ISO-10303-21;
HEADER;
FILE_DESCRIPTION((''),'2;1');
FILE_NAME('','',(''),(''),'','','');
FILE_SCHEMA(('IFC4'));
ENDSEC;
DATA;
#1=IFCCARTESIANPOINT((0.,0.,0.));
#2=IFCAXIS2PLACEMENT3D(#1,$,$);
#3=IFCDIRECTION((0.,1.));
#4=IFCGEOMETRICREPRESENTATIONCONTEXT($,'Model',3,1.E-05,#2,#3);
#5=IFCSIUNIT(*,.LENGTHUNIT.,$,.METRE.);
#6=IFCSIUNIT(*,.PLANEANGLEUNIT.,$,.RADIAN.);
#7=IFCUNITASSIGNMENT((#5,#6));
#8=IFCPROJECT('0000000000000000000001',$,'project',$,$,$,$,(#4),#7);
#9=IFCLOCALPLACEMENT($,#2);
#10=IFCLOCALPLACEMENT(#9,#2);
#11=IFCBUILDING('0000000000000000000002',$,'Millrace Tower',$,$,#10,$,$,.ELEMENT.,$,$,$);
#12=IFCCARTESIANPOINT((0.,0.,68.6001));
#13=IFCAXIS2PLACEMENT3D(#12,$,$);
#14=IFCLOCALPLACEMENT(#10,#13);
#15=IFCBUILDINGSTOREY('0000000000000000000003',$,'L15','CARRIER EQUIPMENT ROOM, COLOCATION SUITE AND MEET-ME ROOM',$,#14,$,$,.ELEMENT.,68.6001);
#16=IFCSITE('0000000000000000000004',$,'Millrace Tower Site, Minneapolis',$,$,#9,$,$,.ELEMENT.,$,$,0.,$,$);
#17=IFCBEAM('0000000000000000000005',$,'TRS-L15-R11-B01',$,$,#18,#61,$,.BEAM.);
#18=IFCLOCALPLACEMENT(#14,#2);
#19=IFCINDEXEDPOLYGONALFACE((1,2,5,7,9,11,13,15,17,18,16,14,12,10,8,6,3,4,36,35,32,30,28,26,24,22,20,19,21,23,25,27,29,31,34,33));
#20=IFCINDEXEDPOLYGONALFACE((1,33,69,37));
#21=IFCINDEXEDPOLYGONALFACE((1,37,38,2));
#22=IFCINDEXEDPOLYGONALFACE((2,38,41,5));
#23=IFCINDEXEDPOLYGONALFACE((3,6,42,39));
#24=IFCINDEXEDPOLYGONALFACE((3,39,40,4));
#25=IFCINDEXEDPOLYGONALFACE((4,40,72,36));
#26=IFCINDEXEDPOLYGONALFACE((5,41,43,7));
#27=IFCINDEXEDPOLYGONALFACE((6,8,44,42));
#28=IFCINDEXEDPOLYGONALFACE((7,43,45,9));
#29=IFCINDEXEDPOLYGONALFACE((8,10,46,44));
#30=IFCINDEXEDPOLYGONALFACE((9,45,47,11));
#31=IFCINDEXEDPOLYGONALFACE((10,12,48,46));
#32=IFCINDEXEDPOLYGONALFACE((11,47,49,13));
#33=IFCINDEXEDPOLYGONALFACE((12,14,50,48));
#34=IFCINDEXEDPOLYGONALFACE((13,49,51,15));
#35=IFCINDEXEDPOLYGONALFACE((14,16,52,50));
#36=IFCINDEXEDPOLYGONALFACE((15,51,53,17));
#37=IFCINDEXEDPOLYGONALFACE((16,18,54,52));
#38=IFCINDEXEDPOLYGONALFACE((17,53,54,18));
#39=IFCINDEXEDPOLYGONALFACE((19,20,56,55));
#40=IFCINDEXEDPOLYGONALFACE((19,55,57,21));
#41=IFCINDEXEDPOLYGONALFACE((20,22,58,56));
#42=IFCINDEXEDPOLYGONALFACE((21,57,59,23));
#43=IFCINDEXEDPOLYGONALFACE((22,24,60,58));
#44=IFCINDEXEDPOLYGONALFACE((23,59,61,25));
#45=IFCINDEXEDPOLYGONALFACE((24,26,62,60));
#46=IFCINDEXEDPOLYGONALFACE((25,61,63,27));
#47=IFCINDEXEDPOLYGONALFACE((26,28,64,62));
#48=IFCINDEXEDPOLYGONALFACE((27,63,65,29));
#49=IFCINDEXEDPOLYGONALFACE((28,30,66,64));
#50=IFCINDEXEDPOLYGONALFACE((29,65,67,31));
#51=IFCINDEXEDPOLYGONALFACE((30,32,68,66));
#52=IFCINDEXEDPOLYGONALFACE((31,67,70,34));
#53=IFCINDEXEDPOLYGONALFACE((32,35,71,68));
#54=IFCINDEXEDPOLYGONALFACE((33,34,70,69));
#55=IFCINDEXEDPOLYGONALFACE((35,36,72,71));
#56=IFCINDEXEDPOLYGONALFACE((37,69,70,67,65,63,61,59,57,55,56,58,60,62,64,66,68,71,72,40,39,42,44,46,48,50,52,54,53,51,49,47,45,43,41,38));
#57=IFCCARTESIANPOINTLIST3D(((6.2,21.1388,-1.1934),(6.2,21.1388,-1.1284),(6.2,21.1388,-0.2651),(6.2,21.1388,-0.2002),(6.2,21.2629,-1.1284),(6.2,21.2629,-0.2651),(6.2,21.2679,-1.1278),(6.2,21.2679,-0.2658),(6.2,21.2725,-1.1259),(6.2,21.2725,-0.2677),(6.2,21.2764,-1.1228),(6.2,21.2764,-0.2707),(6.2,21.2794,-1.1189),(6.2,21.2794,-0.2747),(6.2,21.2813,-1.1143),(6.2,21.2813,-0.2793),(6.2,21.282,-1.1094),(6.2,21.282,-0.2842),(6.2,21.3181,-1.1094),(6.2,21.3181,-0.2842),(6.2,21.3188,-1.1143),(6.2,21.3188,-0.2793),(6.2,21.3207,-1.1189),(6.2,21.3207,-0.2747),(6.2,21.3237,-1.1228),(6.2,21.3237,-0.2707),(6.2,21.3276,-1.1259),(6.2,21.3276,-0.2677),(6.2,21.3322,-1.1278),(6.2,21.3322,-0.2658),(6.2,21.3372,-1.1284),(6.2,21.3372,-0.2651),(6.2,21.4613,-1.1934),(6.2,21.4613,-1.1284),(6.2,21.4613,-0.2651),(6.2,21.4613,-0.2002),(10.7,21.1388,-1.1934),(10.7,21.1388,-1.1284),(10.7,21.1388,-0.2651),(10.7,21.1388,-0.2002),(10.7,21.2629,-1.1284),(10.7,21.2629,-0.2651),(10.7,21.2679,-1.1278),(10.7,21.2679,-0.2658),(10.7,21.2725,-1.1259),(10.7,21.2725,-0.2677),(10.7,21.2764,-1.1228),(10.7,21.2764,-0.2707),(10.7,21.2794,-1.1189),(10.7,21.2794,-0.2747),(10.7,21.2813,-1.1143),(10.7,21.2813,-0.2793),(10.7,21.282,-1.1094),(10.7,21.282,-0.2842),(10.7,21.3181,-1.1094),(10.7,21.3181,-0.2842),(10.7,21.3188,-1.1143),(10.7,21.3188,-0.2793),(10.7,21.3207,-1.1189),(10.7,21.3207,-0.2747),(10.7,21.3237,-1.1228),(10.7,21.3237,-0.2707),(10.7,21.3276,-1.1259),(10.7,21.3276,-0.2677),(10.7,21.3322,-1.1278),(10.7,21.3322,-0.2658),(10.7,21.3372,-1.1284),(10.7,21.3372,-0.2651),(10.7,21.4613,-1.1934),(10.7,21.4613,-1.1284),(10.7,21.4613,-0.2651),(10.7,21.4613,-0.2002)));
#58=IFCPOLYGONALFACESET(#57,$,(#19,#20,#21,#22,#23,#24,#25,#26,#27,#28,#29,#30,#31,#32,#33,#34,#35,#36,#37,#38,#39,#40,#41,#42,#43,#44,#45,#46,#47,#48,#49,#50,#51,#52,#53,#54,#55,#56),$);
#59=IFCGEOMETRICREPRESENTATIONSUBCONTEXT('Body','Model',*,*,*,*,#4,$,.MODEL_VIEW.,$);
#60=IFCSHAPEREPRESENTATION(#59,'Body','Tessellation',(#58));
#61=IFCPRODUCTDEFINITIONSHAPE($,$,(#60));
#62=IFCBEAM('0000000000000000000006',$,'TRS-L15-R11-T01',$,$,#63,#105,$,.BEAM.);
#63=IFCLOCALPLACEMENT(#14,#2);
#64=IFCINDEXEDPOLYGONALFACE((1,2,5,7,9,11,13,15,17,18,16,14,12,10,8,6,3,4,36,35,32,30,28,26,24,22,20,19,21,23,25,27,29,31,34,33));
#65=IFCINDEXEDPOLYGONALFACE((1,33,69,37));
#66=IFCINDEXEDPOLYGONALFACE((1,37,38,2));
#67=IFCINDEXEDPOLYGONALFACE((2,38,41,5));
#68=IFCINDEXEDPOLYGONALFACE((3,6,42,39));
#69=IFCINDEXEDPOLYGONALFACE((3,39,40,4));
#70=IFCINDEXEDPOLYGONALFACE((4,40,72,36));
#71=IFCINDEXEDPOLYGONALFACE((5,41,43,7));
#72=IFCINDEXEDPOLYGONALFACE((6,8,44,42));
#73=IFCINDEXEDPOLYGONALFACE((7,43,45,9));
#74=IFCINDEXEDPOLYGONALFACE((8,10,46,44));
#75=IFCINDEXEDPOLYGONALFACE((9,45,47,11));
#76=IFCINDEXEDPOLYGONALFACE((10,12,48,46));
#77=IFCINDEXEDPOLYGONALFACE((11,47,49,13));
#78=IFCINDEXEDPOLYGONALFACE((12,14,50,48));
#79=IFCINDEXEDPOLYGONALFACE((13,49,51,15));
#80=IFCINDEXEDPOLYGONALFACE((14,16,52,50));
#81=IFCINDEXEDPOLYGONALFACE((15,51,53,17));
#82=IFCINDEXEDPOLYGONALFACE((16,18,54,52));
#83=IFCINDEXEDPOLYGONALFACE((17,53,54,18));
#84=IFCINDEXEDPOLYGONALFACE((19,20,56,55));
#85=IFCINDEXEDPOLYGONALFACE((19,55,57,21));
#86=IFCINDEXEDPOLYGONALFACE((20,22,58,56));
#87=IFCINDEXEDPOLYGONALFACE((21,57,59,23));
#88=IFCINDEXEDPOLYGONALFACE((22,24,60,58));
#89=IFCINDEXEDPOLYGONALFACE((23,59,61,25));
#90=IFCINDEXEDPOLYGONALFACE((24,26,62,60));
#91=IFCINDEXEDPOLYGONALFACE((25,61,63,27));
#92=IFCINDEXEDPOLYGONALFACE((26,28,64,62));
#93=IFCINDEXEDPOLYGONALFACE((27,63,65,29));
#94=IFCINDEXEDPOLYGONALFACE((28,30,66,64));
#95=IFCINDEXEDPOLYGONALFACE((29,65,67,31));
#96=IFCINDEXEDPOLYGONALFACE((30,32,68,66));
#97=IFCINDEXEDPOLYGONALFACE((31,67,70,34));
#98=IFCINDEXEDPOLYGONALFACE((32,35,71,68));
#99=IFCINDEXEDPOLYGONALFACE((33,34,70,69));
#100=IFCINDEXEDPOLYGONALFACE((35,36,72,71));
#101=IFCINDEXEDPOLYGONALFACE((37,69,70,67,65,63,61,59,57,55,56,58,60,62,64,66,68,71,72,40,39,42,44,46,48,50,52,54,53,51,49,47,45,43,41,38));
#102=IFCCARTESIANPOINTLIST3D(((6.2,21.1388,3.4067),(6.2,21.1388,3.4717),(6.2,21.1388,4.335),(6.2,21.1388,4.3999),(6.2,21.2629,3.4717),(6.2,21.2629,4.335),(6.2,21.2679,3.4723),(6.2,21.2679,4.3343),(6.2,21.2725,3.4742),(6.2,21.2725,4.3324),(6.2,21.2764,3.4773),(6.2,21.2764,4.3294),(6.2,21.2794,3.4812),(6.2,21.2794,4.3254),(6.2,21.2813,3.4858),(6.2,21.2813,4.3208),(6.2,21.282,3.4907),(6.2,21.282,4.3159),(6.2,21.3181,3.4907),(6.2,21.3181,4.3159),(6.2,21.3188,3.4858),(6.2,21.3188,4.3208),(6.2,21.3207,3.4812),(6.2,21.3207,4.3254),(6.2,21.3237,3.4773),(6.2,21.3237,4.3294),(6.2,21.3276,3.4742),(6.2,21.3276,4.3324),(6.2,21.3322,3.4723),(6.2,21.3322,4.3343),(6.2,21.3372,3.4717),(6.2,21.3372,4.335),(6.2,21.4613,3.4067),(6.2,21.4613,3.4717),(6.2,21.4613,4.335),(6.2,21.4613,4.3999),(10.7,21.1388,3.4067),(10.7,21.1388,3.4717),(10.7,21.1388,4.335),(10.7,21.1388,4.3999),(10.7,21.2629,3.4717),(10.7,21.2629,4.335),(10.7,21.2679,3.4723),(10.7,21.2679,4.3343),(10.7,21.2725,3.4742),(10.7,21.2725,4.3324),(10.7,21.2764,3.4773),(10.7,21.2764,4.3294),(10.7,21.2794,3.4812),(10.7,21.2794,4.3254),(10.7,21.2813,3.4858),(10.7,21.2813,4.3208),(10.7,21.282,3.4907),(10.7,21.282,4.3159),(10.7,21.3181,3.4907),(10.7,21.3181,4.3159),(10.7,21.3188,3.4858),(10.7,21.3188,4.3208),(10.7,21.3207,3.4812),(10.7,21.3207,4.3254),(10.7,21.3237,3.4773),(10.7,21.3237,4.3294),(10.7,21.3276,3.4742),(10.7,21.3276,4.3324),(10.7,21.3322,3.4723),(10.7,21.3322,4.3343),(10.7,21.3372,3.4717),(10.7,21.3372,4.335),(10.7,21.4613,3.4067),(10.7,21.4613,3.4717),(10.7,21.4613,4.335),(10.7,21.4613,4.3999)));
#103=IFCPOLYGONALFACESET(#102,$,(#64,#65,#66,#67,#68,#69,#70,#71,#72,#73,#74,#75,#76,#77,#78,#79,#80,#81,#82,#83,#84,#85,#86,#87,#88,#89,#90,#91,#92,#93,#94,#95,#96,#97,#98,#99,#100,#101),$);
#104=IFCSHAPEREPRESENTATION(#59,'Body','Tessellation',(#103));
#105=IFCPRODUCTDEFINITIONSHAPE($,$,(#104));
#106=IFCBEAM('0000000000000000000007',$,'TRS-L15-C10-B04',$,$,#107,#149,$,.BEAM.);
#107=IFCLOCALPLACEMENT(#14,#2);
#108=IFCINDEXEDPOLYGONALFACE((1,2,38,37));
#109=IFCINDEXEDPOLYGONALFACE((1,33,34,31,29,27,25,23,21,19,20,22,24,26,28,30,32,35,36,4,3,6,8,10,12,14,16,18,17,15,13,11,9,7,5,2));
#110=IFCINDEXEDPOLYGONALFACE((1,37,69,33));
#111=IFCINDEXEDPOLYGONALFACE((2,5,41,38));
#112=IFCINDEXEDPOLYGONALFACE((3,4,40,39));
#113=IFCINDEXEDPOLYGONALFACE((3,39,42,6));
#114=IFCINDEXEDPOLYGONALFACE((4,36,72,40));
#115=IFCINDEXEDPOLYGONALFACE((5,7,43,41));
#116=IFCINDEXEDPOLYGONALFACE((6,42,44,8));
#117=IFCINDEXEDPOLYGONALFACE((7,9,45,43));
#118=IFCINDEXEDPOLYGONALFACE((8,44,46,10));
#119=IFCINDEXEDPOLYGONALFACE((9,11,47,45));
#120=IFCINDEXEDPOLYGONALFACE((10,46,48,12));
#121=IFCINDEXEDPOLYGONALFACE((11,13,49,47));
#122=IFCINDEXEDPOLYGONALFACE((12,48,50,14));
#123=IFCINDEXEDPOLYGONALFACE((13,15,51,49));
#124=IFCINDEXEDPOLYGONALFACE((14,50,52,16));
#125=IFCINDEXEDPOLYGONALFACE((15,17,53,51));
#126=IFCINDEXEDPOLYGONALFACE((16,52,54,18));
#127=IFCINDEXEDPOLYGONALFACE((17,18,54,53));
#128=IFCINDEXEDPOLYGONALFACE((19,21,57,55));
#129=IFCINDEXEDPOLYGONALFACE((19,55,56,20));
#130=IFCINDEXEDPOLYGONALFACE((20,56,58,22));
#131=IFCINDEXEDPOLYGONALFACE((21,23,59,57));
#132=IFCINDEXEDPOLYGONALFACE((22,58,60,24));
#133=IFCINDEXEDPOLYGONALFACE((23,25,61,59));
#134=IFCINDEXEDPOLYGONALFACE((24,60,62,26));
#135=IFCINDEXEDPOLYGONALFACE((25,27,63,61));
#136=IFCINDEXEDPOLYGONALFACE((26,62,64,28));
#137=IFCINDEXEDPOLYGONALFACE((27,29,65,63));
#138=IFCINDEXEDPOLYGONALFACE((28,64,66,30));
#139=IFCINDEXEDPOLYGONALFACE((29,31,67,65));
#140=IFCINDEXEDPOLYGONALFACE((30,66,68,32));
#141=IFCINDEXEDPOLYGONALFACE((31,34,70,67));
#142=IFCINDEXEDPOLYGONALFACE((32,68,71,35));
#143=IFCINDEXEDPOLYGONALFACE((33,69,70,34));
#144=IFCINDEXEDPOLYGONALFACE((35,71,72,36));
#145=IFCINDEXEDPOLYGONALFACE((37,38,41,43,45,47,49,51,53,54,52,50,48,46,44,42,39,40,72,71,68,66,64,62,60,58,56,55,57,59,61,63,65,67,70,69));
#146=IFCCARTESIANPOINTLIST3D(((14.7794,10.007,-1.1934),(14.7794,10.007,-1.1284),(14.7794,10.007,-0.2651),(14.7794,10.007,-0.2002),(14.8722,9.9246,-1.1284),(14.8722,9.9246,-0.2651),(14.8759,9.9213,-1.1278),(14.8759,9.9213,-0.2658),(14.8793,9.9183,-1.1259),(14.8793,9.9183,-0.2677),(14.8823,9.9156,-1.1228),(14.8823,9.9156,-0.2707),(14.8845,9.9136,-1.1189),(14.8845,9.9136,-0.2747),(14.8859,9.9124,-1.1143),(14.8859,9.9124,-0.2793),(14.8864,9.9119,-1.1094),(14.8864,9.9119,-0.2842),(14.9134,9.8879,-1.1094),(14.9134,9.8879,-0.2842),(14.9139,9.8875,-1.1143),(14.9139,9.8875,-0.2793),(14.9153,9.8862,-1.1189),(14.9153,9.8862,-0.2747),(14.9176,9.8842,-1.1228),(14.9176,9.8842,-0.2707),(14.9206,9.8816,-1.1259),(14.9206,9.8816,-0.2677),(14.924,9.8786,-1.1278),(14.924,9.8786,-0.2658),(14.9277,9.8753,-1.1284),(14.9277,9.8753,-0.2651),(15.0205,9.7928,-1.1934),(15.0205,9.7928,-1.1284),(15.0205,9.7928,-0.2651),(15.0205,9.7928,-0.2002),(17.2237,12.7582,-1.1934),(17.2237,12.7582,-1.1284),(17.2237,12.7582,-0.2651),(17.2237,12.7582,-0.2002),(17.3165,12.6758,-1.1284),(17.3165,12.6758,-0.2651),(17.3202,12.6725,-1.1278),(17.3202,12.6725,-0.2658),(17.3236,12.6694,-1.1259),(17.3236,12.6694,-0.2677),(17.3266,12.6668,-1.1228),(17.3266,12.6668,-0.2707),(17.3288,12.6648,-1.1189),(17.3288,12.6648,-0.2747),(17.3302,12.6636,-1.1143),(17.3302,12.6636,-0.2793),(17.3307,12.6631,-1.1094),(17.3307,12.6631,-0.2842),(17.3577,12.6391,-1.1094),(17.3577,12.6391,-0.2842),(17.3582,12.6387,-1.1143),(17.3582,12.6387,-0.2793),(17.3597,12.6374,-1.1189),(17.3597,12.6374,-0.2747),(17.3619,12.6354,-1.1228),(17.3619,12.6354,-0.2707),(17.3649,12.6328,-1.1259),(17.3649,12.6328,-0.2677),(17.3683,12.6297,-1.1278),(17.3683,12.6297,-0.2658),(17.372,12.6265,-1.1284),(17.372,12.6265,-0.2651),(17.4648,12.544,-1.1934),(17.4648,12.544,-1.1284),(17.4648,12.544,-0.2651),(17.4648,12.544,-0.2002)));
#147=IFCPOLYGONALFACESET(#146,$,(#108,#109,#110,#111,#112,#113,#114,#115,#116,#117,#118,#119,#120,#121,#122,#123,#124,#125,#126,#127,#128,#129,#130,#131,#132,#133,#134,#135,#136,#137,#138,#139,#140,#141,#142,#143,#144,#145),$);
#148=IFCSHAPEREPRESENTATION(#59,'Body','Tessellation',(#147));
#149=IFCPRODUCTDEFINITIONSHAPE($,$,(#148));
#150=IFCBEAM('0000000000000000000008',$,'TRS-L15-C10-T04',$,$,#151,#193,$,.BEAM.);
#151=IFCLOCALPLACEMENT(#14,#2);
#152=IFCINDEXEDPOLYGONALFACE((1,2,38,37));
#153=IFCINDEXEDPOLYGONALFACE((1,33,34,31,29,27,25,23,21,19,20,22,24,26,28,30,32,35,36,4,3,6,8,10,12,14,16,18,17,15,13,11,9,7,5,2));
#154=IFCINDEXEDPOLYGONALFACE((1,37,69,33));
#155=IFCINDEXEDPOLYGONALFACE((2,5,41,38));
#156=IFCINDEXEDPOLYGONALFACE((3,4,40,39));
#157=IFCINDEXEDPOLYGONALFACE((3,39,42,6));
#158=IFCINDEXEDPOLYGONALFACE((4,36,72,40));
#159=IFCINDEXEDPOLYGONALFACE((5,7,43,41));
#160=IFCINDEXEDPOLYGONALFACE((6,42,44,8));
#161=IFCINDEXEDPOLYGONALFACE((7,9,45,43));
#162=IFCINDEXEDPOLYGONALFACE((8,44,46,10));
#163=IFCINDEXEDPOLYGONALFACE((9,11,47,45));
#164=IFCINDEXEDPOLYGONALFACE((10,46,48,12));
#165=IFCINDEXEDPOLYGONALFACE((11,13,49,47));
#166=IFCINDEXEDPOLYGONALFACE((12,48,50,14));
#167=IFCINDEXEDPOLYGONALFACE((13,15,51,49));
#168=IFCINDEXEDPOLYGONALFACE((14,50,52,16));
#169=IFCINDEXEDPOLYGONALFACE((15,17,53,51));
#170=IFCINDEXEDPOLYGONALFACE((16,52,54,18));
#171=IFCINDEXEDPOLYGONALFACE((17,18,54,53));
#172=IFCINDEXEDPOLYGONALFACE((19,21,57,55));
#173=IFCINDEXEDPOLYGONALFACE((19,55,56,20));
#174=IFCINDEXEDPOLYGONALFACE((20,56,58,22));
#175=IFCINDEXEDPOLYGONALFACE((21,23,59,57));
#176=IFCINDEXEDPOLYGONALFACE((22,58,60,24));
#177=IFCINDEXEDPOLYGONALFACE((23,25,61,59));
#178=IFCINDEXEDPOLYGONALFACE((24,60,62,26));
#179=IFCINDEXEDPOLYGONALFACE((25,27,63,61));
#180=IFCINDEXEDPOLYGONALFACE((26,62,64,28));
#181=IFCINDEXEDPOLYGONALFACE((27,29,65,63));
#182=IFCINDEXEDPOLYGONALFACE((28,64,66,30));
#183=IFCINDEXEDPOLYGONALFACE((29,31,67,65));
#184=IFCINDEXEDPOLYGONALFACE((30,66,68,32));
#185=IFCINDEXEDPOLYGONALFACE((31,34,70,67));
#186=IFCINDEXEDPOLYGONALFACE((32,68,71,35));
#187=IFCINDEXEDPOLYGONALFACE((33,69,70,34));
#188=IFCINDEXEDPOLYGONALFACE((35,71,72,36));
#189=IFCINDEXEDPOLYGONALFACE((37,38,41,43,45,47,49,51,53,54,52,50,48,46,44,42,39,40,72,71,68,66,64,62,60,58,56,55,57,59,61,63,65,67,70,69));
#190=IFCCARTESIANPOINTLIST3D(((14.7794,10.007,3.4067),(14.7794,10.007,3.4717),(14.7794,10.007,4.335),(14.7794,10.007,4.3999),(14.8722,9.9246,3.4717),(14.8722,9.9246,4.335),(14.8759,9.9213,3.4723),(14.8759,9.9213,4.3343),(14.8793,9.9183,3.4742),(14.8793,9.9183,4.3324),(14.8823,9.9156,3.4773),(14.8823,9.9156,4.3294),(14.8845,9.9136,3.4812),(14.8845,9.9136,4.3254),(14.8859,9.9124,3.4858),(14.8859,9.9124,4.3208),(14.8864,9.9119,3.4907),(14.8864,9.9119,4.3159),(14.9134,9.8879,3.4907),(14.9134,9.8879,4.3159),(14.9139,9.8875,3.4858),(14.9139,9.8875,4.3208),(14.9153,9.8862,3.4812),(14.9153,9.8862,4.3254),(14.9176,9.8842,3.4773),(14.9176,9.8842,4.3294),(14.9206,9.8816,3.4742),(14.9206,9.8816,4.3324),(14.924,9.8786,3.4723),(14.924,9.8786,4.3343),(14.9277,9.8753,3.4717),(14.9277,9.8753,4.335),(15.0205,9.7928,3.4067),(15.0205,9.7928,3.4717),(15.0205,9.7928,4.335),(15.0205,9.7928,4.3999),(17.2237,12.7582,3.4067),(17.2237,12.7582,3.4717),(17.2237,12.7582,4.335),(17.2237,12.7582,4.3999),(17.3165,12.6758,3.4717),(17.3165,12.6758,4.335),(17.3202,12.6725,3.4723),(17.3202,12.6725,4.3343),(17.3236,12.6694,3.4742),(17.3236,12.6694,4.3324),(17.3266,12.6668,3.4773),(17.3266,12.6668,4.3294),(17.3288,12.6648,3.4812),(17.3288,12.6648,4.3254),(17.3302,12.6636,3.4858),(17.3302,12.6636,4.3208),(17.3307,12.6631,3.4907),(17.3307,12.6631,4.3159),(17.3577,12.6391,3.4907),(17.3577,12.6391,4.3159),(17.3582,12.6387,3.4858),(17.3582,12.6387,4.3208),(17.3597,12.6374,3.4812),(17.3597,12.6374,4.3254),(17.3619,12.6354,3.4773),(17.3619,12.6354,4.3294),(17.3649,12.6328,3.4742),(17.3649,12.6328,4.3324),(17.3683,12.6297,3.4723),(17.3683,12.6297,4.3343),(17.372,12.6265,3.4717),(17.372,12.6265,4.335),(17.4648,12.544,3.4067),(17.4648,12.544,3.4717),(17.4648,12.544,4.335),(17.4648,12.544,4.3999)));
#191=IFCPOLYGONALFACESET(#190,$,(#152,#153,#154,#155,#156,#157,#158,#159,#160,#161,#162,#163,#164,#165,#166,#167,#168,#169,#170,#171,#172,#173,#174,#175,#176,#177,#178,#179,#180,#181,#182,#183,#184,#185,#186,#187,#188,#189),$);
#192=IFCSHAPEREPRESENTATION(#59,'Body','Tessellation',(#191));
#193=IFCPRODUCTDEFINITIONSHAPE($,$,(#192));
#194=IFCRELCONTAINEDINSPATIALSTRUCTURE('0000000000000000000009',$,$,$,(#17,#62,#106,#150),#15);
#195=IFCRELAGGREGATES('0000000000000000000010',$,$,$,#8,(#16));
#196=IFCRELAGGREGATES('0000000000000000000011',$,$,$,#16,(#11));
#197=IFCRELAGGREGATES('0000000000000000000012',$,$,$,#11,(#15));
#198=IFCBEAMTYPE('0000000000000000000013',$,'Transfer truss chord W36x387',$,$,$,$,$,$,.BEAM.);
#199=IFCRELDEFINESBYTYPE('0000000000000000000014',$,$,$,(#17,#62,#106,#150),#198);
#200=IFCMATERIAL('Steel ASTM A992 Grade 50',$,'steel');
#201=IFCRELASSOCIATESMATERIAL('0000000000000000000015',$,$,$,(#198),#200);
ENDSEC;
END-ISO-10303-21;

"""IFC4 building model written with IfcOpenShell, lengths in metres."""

from ifc_helpers import new_model, si_unit, direction, frame, origin, origin_2d, place, context, subcontext, project, spatial, i_section, extrude, material, material_profile, profile_set, type_object, element, save


model = new_model("IFC4")

# Units and contexts
model_context = context("Model", 3, precision=1e-05, world=origin(), true_north=direction((0.0, 1.0)))
body_context = subcontext(model_context, "Body", "Model", "MODEL_VIEW")
ifc_project = project(units=[si_unit("LENGTHUNIT", "METRE"), si_unit("PLANEANGLEUNIT", "RADIAN")], contexts=[model_context])

# Site, building, storey
site_placement = place(None, origin())
site = spatial("IfcSite", under=ifc_project, at=site_placement, Name="Millrace Tower Site, Minneapolis", CompositionType="ELEMENT", RefElevation=0.0)
building_placement = place(site_placement, origin())
building = spatial("IfcBuilding", under=site, at=building_placement, Name="Millrace Tower", CompositionType="ELEMENT")
storey_placement = place(building_placement, frame((0.0, 0.0, 68.6001)))
storey = spatial("IfcBuildingStorey", under=building, at=storey_placement, Name="L15", Description="CARRIER EQUIPMENT ROOM, COLOCATION SUITE AND MEET-ME ROOM", CompositionType="ELEMENT", Elevation=68.6001)

# Beams
ifc_material_1 = material(Name="Steel ASTM A992 Grade 50", Category="steel")
ifc_material_profile_1 = material_profile(ifc_material_1, i_section(OverallWidth=0.3225, OverallDepth=0.9932, WebThickness=0.0361, FlangeThickness=0.0649, FilletRadius=0.019, at=origin_2d()))
ifc_profile_set_1 = profile_set([ifc_material_profile_1], Name="Steel ASTM A992 Grade 50")
beam_type_1 = type_object("IfcBeamType", Name="Transfer truss chord W36x387", PredefinedType="BEAM", material=ifc_profile_set_1)
for number, where, z_axis, x_axis, name in (
    (1, (10.7, 21.3, -0.6968), (-1.0, 0.0, 0.0), (0.0, -1.0, 0.0), "TRS-L15-R11-B01"),
    (2, (10.7, 21.3, 3.9033), (-1.0, 0.0, 0.0), (0.0, -1.0, 0.0), "TRS-L15-R11-T01"),
):
    element("IfcBeam", number, at=place(storey_placement, frame(where, z_axis=z_axis, x_axis=x_axis)), inside=storey, type_object=beam_type_1, Name=name, PredefinedType="BEAM", context=body_context, shape_type="SweptSolid", body=[
        extrude(i_section(OverallWidth=0.3225, OverallDepth=0.9932, WebThickness=0.0361, FlangeThickness=0.0649, FilletRadius=0.019, at=origin_2d()), origin(), (0.0, 0.0, 1.0), 4.5),
    ])
for number, where, z_axis, x_axis, name in (
    (3, (17.3442, 12.6511, -0.6968), (-0.664183, -0.74757, 0.0), (0.74757, -0.664183, 0.0), "TRS-L15-C10-B04"),
    (4, (17.3442, 12.6511, 3.9033), (-0.664183, -0.74757, 0.0), (0.74757, -0.664183, 0.0), "TRS-L15-C10-T04"),
):
    element("IfcBeam", number, at=place(storey_placement, frame(where, z_axis=z_axis, x_axis=x_axis)), inside=storey, type_object=beam_type_1, Name=name, PredefinedType="BEAM", context=body_context, shape_type="SweptSolid", body=[
        extrude(i_section(OverallWidth=0.3225, OverallDepth=0.9932, WebThickness=0.0361, FlangeThickness=0.0649, FilletRadius=0.019, at=origin_2d()), origin(), (0.0, 0.0, 1.0), 3.6802),
    ])

save(model, "model.ifc")
